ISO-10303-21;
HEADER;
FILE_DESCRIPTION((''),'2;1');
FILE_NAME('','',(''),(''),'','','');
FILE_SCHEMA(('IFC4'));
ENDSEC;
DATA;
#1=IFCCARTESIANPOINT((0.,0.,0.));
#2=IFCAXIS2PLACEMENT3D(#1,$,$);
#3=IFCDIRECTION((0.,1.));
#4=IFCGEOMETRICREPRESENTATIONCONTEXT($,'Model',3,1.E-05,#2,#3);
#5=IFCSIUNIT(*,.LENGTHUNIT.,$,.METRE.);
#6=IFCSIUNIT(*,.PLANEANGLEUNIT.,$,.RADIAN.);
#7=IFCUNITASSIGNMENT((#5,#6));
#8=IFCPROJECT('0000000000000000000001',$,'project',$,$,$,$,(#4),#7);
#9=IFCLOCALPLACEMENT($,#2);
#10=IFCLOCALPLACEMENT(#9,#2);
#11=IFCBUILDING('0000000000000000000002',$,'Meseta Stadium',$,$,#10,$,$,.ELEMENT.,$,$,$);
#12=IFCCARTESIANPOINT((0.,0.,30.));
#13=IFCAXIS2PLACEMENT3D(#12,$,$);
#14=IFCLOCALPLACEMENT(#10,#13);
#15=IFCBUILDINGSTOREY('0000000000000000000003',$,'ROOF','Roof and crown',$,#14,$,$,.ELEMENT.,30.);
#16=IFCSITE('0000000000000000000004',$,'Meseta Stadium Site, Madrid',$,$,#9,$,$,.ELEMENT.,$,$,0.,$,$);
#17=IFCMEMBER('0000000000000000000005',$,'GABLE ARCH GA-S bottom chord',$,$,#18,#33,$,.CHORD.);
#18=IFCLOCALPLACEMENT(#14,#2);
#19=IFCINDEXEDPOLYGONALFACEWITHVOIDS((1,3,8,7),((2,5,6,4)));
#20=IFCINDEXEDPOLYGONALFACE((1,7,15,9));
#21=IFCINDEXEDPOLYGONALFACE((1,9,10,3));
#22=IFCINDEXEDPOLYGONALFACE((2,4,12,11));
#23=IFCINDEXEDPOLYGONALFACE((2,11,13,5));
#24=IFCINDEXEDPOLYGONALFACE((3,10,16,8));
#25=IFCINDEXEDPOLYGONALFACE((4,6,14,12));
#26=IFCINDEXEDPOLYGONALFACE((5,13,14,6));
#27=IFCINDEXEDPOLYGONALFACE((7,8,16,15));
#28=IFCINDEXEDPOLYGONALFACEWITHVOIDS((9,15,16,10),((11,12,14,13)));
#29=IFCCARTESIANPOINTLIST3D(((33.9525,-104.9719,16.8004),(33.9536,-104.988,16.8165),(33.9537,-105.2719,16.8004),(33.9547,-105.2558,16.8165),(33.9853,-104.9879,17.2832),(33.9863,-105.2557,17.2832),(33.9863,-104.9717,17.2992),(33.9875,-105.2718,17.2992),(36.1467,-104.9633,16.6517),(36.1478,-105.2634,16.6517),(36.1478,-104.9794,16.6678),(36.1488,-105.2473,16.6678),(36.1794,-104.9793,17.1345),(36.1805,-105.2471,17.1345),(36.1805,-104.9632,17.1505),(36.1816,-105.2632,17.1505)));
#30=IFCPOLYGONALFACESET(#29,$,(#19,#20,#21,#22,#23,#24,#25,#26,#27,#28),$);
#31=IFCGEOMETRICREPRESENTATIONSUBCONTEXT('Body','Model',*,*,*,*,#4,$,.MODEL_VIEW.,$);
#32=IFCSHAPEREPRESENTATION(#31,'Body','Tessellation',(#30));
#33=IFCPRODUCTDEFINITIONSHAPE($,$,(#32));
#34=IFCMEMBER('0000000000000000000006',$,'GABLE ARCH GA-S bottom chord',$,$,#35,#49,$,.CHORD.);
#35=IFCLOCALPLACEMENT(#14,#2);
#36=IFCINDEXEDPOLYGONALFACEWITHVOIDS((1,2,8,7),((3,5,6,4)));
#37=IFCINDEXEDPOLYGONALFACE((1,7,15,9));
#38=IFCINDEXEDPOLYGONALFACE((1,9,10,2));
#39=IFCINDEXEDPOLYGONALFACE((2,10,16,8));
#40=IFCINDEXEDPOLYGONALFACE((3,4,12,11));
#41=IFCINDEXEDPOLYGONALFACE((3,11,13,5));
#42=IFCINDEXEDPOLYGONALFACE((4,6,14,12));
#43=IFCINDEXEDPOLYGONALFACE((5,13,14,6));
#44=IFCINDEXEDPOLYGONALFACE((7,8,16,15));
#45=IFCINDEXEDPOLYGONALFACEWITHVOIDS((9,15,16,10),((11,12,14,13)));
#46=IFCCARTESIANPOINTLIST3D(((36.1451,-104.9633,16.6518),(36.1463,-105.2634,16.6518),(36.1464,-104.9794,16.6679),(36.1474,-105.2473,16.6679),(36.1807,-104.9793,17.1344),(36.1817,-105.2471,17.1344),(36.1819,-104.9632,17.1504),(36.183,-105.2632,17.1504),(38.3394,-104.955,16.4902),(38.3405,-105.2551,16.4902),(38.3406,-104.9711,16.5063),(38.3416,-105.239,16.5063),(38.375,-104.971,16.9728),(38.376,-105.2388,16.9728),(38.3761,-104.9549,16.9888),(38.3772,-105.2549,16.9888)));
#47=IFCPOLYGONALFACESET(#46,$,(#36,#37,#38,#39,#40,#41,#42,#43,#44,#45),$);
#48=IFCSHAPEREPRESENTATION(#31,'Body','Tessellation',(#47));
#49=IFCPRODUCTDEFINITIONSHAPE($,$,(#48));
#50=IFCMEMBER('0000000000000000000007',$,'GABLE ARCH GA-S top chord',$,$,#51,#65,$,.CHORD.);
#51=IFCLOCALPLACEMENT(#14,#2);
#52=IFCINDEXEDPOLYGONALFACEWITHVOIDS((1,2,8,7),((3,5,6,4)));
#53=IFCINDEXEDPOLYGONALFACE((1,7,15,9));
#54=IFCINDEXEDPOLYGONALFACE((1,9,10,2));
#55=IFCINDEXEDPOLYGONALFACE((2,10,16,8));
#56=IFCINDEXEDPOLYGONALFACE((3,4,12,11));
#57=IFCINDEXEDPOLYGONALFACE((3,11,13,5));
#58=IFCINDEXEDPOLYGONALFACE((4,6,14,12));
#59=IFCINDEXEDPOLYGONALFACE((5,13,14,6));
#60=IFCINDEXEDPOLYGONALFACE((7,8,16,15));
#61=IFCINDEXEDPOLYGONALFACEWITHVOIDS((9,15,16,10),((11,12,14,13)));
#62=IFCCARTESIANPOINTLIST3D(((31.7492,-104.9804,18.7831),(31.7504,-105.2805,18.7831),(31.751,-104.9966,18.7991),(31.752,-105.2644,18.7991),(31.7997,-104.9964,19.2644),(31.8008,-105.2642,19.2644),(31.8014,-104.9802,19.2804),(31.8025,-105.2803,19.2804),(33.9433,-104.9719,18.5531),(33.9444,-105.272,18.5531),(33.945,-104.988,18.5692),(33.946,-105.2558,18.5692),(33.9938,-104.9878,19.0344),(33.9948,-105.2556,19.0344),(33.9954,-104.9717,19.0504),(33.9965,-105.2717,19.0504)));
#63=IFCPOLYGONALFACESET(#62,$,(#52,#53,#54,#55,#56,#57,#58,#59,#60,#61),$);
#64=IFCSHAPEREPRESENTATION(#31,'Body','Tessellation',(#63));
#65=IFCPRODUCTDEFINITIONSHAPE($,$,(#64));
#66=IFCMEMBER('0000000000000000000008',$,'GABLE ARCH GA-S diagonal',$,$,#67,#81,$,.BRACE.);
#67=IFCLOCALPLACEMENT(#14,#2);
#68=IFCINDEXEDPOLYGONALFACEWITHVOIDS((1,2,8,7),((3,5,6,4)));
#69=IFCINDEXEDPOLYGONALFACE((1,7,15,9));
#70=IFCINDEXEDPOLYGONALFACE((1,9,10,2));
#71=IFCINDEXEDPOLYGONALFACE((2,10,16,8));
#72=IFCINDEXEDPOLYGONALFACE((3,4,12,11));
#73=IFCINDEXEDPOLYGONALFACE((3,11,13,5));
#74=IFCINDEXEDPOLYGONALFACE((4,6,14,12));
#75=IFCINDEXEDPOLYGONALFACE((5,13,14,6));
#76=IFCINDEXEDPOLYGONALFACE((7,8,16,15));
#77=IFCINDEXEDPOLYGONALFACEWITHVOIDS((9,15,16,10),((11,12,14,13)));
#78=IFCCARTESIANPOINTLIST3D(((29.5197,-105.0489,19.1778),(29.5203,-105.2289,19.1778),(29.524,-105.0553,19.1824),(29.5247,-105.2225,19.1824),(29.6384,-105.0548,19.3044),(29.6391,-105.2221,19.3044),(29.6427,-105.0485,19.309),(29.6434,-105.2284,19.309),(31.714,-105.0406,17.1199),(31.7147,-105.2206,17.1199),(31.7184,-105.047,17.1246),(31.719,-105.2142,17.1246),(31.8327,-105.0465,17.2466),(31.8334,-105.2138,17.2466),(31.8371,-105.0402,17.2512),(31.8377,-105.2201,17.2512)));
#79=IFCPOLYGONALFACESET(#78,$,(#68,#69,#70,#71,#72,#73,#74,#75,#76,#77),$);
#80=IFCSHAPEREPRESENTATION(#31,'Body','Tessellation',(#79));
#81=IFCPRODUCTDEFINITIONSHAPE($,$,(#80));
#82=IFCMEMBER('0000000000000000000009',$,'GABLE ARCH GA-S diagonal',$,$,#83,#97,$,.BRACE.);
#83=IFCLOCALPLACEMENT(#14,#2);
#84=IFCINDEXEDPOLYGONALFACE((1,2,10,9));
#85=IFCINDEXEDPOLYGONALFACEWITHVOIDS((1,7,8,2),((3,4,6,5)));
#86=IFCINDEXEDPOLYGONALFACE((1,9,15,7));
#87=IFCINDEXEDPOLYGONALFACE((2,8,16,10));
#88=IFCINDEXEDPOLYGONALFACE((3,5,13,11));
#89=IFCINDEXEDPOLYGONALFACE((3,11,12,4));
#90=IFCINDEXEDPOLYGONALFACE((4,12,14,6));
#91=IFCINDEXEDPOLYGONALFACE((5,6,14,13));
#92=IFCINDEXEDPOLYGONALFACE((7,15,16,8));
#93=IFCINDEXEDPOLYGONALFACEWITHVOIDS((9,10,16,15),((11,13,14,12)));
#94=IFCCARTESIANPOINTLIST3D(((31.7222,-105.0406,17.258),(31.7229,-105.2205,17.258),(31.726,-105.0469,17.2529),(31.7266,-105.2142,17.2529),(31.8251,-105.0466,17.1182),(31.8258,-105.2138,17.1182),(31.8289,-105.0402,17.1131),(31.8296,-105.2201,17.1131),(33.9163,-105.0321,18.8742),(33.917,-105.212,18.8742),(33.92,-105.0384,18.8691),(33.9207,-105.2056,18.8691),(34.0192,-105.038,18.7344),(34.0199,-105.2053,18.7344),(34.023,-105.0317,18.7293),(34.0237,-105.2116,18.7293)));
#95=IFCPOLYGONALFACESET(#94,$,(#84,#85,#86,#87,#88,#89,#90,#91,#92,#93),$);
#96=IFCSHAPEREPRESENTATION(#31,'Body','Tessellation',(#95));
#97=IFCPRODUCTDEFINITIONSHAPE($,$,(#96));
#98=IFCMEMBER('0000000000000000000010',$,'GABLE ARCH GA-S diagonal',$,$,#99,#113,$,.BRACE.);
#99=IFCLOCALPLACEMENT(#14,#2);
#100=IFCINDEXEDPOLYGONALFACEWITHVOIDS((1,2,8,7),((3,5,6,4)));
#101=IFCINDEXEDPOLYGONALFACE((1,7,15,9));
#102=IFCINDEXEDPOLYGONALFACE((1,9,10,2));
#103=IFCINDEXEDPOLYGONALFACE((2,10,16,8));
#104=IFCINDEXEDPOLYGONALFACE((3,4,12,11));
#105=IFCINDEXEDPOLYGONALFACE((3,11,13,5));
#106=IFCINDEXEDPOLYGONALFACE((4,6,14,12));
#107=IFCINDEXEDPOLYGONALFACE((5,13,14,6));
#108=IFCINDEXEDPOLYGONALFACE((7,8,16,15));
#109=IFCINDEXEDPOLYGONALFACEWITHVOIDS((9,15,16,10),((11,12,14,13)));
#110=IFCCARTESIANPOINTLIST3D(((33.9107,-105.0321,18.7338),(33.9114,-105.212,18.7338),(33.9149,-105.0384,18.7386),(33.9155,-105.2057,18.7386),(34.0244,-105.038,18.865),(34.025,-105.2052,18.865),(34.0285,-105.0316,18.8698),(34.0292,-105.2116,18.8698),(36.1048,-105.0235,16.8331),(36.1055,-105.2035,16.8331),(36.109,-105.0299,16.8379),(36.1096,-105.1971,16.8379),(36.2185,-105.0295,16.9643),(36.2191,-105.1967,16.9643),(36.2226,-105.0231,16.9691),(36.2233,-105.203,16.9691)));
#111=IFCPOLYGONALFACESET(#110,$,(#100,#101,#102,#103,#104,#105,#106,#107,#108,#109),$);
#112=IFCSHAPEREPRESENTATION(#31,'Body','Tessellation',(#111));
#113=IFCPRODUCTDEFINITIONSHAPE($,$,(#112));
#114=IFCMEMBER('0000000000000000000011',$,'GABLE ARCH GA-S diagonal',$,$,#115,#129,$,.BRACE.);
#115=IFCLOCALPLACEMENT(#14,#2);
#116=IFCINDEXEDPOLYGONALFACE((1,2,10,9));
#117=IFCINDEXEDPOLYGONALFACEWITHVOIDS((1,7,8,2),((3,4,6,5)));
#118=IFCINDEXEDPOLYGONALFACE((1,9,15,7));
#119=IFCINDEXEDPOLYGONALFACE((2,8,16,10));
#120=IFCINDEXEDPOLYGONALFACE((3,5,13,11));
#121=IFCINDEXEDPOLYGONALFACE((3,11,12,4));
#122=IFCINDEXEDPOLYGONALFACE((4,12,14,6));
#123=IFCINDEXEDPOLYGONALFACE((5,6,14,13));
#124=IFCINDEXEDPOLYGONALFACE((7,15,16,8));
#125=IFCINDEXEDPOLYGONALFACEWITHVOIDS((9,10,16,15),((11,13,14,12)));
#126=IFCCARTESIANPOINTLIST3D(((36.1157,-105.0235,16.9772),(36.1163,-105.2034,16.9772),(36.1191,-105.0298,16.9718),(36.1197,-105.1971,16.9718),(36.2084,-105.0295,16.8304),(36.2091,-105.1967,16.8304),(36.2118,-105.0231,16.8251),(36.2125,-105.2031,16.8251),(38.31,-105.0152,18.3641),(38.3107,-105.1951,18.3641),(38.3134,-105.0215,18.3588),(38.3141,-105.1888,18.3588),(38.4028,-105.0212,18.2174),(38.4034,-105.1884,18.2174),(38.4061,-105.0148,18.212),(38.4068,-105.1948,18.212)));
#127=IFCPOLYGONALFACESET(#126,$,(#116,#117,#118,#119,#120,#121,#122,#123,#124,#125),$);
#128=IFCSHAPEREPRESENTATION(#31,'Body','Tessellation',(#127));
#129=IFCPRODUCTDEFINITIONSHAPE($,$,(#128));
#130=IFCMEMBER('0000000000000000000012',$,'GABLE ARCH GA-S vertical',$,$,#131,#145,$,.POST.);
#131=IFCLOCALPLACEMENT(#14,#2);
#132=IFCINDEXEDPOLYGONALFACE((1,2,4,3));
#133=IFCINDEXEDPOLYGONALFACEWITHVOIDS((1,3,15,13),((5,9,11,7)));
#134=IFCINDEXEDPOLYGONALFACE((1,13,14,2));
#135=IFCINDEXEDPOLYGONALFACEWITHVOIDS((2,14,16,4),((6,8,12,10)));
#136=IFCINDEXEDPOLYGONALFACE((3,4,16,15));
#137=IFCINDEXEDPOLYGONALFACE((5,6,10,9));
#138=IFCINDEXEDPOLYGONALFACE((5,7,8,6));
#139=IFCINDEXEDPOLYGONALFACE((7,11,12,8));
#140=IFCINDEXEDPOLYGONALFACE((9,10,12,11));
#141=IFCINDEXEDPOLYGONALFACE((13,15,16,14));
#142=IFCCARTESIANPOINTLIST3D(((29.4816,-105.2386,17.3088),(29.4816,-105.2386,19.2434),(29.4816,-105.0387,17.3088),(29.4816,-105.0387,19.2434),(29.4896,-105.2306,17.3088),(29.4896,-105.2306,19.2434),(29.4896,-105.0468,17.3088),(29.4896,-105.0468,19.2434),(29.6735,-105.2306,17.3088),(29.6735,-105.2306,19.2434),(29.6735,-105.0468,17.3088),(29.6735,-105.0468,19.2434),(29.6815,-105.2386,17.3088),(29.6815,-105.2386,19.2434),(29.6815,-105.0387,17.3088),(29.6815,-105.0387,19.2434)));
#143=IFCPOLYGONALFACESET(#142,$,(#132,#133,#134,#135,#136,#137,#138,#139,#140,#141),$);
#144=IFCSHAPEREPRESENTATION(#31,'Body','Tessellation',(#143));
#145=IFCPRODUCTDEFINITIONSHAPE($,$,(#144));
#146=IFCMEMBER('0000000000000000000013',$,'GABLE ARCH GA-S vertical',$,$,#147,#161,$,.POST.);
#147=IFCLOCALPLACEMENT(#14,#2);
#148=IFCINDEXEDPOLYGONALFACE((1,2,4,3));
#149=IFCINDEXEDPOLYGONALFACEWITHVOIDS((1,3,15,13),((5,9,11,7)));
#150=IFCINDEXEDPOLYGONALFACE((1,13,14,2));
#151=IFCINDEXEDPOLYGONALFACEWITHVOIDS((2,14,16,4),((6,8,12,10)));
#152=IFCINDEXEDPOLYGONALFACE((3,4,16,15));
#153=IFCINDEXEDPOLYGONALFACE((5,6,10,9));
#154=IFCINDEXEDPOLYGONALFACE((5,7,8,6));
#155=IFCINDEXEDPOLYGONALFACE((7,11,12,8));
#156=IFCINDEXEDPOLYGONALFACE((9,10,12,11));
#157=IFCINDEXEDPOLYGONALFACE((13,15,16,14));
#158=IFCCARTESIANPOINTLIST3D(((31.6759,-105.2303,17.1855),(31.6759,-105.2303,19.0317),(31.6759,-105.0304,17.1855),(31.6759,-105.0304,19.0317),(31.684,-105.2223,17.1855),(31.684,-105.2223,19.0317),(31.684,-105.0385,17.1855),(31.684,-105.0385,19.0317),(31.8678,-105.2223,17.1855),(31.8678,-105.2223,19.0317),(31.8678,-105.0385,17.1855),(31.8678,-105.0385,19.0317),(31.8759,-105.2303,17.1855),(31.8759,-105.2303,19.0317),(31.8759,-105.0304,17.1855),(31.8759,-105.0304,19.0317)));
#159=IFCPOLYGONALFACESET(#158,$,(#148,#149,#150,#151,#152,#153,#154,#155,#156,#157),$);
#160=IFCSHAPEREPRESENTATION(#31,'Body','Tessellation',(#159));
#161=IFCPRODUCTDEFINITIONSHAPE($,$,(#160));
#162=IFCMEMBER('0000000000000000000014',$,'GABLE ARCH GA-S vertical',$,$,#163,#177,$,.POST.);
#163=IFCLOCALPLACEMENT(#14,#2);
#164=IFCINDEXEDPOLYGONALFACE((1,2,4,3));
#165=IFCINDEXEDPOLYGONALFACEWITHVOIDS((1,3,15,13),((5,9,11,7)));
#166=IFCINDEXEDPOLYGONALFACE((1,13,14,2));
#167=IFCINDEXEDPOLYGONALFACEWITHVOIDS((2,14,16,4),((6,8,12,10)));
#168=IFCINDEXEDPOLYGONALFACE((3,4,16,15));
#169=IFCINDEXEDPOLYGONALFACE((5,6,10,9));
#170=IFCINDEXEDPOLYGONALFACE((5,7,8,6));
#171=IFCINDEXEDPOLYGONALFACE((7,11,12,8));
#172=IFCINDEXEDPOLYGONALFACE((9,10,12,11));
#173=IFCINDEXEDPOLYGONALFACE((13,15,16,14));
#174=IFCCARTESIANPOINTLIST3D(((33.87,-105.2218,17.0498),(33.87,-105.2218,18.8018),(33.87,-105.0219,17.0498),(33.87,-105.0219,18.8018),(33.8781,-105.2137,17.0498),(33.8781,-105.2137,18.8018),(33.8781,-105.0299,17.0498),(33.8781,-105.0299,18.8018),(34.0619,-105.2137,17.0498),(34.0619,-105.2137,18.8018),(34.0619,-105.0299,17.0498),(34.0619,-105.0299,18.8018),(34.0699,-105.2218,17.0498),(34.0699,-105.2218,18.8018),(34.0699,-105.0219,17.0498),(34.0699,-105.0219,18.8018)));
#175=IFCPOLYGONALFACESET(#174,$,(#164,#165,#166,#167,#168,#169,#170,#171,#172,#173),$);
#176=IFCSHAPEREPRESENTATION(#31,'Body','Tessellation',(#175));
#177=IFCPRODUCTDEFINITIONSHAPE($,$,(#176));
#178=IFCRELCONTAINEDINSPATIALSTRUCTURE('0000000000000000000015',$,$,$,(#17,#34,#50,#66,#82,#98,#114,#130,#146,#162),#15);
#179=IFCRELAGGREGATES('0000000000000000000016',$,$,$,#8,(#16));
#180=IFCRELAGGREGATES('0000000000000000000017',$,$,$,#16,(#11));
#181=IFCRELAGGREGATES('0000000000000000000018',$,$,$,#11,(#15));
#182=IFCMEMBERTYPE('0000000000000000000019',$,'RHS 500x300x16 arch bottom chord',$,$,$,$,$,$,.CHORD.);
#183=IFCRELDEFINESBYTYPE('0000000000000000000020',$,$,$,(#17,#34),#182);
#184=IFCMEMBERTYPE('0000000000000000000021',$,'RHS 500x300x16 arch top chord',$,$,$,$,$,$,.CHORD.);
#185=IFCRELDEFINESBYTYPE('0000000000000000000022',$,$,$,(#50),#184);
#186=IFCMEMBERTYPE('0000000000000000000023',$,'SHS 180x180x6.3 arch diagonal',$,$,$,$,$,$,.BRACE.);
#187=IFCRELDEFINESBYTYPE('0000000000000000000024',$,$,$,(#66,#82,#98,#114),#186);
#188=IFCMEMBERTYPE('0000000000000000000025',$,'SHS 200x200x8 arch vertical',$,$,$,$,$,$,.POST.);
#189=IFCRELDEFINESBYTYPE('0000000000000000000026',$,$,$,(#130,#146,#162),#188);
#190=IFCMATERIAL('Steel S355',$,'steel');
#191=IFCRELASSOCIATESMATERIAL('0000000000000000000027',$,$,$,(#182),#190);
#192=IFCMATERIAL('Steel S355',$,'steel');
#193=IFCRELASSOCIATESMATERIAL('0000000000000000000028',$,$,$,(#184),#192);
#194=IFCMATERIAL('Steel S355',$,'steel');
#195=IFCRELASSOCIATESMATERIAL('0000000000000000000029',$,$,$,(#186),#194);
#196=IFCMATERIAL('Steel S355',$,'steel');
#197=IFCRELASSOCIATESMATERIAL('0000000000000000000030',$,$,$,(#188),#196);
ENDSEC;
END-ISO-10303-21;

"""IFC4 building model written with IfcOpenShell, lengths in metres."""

from ifc_helpers import new_model, si_unit, direction, frame, origin, origin_2d, place, context, subcontext, project, spatial, hollow_rectangle, extrude, material, material_profile, profile_set, type_object, element, save


model = new_model("IFC4")

# Units and contexts
model_context = context("Model", 3, precision=1e-05, world=origin(), true_north=direction((0.0, 1.0)))
body_context = subcontext(model_context, "Body", "Model", "MODEL_VIEW")
ifc_project = project(units=[si_unit("LENGTHUNIT", "METRE"), si_unit("PLANEANGLEUNIT", "RADIAN")], contexts=[model_context])

# Site, building, storey
site_placement = place(None, origin())
site = spatial("IfcSite", under=ifc_project, at=site_placement, Name="Meseta Stadium Site, Madrid", CompositionType="ELEMENT", RefElevation=0.0)
building_placement = place(site_placement, origin())
building = spatial("IfcBuilding", under=site, at=building_placement, Name="Meseta Stadium", CompositionType="ELEMENT")
storey_placement = place(building_placement, frame((0.0, 0.0, 30.0)))
storey = spatial("IfcBuildingStorey", under=building, at=storey_placement, Name="ROOF", Description="Roof and crown", CompositionType="ELEMENT", Elevation=30.0)

# Members
ifc_material_1 = material(Name="Steel S355", Category="steel")
ifc_material_profile_1 = material_profile(ifc_material_1, hollow_rectangle(XDim=0.3, YDim=0.5, WallThickness=0.0161, at=origin_2d()), Name="RHS 500x300x16")
ifc_profile_set_1 = profile_set([ifc_material_profile_1], Name="Steel S355")
member_type_1 = type_object("IfcMemberType", Name="RHS 500x300x16 arch bottom chord", PredefinedType="CHORD", material=ifc_profile_set_1)
member_1_placement = place(storey_placement, frame((33.97, -105.1218, 17.0498), z_axis=(0.997704, 0.003886, -0.067609), x_axis=(-0.003894, 0.999992, 0.0)))
element("IfcMember", 1, at=member_1_placement, inside=storey, type_object=member_type_1, Name="GABLE ARCH GA-S bottom chord", PredefinedType="CHORD", context=body_context, shape_type="SweptSolid", body=[
    extrude(hollow_rectangle(XDim=0.3, YDim=0.5, WallThickness=0.0161, at=origin_2d()), origin(), (0.0, 0.0, 1.0), 2.1992),
])
member_2_placement = place(storey_placement, frame((36.1641, -105.1133, 16.9011), z_axis=(0.997291, 0.003773, -0.073454), x_axis=(-0.003783, 0.999993, 0.0)))
element("IfcMember", 2, at=member_2_placement, inside=storey, type_object=member_type_1, Name="GABLE ARCH GA-S bottom chord", PredefinedType="CHORD", context=body_context, shape_type="SweptSolid", body=[
    extrude(hollow_rectangle(XDim=0.3, YDim=0.5, WallThickness=0.0161, at=origin_2d()), origin(), (0.0, 0.0, 1.0), 2.2002),
])
ifc_material_2 = material(Name="Steel S355", Category="steel")
ifc_material_profile_2 = material_profile(ifc_material_2, hollow_rectangle(XDim=0.3, YDim=0.5, WallThickness=0.0161, at=origin_2d()), Name="RHS 500x300x16")
ifc_profile_set_2 = profile_set([ifc_material_profile_2], Name="Steel S355")
member_type_2 = type_object("IfcMemberType", Name="RHS 500x300x16 arch top chord", PredefinedType="CHORD", material=ifc_profile_set_2)
member_3_placement = place(storey_placement, frame((31.7759, -105.1304, 19.0317), z_axis=(0.994544, 0.003873, -0.104246), x_axis=(-0.003894, 0.999992, 0.0)))
element("IfcMember", 3, at=member_3_placement, inside=storey, type_object=member_type_2, Name="GABLE ARCH GA-S top chord", PredefinedType="CHORD", context=body_context, shape_type="SweptSolid", body=[
    extrude(hollow_rectangle(XDim=0.3, YDim=0.5, WallThickness=0.0161, at=origin_2d()), origin(), (0.0, 0.0, 1.0), 2.2061),
])
ifc_material_3 = material(Name="Steel S355", Category="steel")
ifc_material_profile_3 = material_profile(ifc_material_3, hollow_rectangle(XDim=0.1799, YDim=0.1799, WallThickness=0.0063, at=origin_2d()), Name="SHS 180x180x6.3")
ifc_profile_set_3 = profile_set([ifc_material_profile_3], Name="Steel S355")
member_type_3 = type_object("IfcMemberType", Name="SHS 180x180x6.3 arch diagonal", PredefinedType="BRACE", material=ifc_profile_set_3)
member_4_placement = place(storey_placement, frame((29.5815, -105.1387, 19.2434), z_axis=(0.729423, 0.002759, -0.684057), x_axis=(-0.003783, 0.999993, 0.0)))
element("IfcMember", 4, at=member_4_placement, inside=storey, type_object=member_type_3, Name="GABLE ARCH GA-S diagonal", PredefinedType="BRACE", context=body_context, shape_type="SweptSolid", body=[
    extrude(hollow_rectangle(XDim=0.1799, YDim=0.1799, WallThickness=0.0063, at=origin_2d()), origin(), (0.0, 0.0, 1.0), 3.0083),
])
member_5_placement = place(storey_placement, frame((31.7759, -105.1304, 17.1855), z_axis=(0.805137, 0.003136, 0.59308), x_axis=(-0.003894, 0.999992, 0.0)))
element("IfcMember", 5, at=member_5_placement, inside=storey, type_object=member_type_3, Name="GABLE ARCH GA-S diagonal", PredefinedType="BRACE", context=body_context, shape_type="SweptSolid", body=[
    extrude(hollow_rectangle(XDim=0.1799, YDim=0.1799, WallThickness=0.0063, at=origin_2d()), origin(), (0.0, 0.0, 1.0), 2.7251),
])
member_6_placement = place(storey_placement, frame((33.97, -105.1218, 18.8018), z_axis=(0.755841, 0.002944, -0.654748), x_axis=(-0.003894, 0.999992, 0.0)))
element("IfcMember", 6, at=member_6_placement, inside=storey, type_object=member_type_3, Name="GABLE ARCH GA-S diagonal", PredefinedType="BRACE", context=body_context, shape_type="SweptSolid", body=[
    extrude(hollow_rectangle(XDim=0.1799, YDim=0.1799, WallThickness=0.0063, at=origin_2d()), origin(), (0.0, 0.0, 1.0), 2.9028),
])
member_7_placement = place(storey_placement, frame((36.1641, -105.1133, 16.9011), z_axis=(0.845299, 0.003198, 0.534284), x_axis=(-0.003783, 0.999993, 0.0)))
element("IfcMember", 7, at=member_7_placement, inside=storey, type_object=member_type_3, Name="GABLE ARCH GA-S diagonal", PredefinedType="BRACE", context=body_context, shape_type="SweptSolid", body=[
    extrude(hollow_rectangle(XDim=0.1799, YDim=0.1799, WallThickness=0.0063, at=origin_2d()), origin(), (0.0, 0.0, 1.0), 2.5959),
])
ifc_material_4 = material(Name="Steel S355", Category="steel")
ifc_material_profile_4 = material_profile(ifc_material_4, hollow_rectangle(XDim=0.2, YDim=0.2, WallThickness=0.0081, at=origin_2d()), Name="SHS 200x200x8")
ifc_profile_set_4 = profile_set([ifc_material_profile_4], Name="Steel S355")
member_type_4 = type_object("IfcMemberType", Name="SHS 200x200x8 arch vertical", PredefinedType="POST", material=ifc_profile_set_4)
member_8_placement = place(storey_placement, frame((29.5815, -105.1387, 17.3088), z_axis=(0.0, 0.0, 1.0), x_axis=(1.0, 0.0, 0.0)))
element("IfcMember", 8, at=member_8_placement, inside=storey, type_object=member_type_4, Name="GABLE ARCH GA-S vertical", PredefinedType="POST", context=body_context, shape_type="SweptSolid", body=[
    extrude(hollow_rectangle(XDim=0.2, YDim=0.2, WallThickness=0.0081, at=origin_2d()), origin(), (0.0, 0.0, 1.0), 1.9346),
])
member_9_placement = place(storey_placement, frame((31.7759, -105.1304, 17.1855), z_axis=(0.0, 0.0, 1.0), x_axis=(1.0, 0.0, 0.0)))
element("IfcMember", 9, at=member_9_placement, inside=storey, type_object=member_type_4, Name="GABLE ARCH GA-S vertical", PredefinedType="POST", context=body_context, shape_type="SweptSolid", body=[
    extrude(hollow_rectangle(XDim=0.2, YDim=0.2, WallThickness=0.0081, at=origin_2d()), origin(), (0.0, 0.0, 1.0), 1.8462),
])
member_10_placement = place(storey_placement, frame((33.97, -105.1218, 17.0498), z_axis=(0.0, 0.0, 1.0), x_axis=(1.0, 0.0, 0.0)))
element("IfcMember", 10, at=member_10_placement, inside=storey, type_object=member_type_4, Name="GABLE ARCH GA-S vertical", PredefinedType="POST", context=body_context, shape_type="SweptSolid", body=[
    extrude(hollow_rectangle(XDim=0.2, YDim=0.2, WallThickness=0.0081, at=origin_2d()), origin(), (0.0, 0.0, 1.0), 1.752),
])

save(model, "model.ifc")
